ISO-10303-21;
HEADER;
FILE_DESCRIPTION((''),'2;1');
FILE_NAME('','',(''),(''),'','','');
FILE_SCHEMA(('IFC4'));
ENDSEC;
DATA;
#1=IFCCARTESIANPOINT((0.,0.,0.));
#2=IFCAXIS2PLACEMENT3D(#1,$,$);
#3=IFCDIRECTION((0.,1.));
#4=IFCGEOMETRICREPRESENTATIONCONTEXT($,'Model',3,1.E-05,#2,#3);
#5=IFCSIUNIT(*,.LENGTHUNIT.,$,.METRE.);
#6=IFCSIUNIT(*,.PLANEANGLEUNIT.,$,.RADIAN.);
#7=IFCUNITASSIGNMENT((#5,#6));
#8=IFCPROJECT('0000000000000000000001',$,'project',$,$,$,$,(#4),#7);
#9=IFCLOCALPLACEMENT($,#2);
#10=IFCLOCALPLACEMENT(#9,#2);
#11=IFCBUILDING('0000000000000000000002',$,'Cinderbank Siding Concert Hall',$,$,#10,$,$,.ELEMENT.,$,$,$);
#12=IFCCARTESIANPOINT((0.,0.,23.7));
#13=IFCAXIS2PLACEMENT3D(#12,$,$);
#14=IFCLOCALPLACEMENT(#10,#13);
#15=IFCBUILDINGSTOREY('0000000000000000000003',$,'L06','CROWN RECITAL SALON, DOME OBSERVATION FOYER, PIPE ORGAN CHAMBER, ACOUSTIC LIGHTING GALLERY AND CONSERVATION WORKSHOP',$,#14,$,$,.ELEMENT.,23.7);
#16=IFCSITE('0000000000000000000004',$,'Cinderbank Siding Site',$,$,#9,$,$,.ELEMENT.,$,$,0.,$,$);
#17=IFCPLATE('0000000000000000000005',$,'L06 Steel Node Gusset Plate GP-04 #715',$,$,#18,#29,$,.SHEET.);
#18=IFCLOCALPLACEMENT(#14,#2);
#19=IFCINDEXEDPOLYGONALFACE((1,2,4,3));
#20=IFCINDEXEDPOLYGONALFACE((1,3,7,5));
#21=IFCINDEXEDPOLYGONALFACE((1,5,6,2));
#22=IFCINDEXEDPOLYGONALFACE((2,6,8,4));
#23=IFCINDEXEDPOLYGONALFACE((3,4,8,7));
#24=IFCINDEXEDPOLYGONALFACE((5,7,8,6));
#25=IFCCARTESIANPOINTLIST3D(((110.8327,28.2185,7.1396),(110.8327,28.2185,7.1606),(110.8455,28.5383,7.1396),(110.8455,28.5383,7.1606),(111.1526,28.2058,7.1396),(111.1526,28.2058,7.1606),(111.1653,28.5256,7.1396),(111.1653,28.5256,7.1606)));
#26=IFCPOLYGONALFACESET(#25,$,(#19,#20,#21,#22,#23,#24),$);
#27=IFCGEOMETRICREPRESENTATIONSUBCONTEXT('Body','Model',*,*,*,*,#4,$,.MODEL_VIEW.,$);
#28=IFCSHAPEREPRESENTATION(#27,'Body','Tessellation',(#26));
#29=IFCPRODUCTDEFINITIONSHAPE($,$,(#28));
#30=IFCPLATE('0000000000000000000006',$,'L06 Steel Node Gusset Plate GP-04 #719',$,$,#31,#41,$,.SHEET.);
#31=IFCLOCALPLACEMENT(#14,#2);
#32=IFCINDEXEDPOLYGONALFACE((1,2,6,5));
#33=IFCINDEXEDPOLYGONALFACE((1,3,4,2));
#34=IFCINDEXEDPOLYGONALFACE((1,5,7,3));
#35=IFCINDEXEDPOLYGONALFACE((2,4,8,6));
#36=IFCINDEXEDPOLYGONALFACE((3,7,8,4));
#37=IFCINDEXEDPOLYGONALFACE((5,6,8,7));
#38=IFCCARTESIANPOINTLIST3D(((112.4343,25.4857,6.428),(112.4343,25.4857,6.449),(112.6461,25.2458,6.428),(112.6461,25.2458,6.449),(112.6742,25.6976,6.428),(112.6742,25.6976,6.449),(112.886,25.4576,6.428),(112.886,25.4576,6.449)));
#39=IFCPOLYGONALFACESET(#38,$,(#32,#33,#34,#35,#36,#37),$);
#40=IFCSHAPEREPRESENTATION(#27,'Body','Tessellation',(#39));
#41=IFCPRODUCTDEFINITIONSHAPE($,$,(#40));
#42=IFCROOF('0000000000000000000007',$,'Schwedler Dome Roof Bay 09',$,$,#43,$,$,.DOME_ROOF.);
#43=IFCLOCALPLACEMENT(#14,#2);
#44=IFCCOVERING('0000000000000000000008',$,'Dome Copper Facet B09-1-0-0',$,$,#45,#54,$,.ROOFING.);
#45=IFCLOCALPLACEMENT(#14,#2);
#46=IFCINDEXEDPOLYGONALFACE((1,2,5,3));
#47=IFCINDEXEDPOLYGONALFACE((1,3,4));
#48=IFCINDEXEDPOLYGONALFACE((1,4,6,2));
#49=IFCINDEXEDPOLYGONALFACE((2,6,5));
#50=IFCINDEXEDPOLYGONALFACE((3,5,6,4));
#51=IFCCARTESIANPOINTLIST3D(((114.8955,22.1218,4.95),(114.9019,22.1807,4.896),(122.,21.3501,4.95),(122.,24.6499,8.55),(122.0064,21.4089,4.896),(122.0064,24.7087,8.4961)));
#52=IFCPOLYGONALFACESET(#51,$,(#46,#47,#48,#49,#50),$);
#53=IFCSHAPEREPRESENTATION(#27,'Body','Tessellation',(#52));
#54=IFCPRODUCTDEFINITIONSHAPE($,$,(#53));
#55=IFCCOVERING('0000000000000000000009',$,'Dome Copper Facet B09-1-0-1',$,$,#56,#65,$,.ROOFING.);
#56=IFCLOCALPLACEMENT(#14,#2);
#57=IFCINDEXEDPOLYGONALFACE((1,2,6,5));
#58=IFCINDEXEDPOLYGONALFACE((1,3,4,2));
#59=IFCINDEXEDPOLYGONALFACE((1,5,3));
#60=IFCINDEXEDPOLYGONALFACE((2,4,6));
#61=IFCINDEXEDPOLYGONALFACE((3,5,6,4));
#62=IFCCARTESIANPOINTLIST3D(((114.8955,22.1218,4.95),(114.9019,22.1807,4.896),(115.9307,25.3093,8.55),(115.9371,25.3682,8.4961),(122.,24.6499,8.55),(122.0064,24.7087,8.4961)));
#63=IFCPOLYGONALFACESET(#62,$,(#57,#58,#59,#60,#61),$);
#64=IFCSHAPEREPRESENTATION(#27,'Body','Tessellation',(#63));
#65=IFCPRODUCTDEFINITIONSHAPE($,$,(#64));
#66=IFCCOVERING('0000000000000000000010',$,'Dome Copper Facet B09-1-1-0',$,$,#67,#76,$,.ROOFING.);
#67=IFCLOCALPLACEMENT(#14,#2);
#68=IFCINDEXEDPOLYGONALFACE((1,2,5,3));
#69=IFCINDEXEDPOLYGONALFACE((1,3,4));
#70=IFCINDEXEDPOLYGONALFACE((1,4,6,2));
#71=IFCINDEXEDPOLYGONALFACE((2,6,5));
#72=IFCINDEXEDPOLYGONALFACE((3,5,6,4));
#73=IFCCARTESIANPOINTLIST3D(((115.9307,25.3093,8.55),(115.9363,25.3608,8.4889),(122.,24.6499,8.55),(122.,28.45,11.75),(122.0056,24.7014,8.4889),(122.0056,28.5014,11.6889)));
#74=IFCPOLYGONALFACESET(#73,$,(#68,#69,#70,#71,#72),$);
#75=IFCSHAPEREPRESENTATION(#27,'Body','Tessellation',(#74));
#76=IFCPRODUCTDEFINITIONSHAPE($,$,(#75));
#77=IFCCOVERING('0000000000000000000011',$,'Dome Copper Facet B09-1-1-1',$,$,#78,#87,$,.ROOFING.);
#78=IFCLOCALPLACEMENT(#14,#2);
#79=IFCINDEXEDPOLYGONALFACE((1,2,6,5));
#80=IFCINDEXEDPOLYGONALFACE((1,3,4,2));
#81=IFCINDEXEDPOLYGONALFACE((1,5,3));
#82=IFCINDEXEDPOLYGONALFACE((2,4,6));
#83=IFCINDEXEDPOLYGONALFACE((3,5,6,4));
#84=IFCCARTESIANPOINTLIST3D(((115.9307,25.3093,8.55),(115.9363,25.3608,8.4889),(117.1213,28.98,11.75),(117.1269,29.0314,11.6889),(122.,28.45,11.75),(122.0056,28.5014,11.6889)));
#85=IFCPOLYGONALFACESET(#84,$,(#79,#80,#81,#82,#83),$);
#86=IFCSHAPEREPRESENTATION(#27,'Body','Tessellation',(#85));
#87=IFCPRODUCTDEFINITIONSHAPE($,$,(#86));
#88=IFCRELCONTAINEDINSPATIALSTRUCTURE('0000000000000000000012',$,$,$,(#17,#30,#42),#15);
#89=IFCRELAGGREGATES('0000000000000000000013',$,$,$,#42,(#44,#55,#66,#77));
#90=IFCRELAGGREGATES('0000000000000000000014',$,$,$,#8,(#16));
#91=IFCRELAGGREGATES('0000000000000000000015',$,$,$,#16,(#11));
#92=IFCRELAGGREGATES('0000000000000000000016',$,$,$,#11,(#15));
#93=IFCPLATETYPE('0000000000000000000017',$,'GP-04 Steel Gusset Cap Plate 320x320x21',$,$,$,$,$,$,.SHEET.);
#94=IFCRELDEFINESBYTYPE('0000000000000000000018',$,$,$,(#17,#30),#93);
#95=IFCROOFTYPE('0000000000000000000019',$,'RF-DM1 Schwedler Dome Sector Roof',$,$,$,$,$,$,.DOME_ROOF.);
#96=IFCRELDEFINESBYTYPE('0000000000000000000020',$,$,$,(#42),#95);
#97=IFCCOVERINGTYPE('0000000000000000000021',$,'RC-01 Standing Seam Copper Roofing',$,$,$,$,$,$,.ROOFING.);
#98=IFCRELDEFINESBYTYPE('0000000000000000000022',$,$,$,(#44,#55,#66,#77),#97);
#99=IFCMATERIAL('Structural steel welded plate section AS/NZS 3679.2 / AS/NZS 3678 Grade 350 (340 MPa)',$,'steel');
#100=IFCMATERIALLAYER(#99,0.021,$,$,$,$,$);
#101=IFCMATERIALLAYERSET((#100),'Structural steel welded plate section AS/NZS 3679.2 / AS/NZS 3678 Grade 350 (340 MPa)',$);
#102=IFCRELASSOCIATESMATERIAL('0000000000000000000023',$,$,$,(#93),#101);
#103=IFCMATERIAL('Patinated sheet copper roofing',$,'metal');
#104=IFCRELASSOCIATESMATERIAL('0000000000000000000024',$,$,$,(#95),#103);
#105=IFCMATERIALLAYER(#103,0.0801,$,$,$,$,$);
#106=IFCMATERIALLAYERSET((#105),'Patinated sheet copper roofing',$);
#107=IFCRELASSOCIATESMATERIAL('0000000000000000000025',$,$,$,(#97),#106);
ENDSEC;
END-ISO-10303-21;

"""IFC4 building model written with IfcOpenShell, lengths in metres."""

from ifc_helpers import new_model, si_unit, direction, frame, origin, origin_2d, place, context, subcontext, project, spatial, polyline, rectangle, outline, extrude, material, layer, layer_set, type_object, element, aggregate, save


model = new_model("IFC4")

# Units and contexts
model_context = context("Model", 3, precision=1e-05, world=origin(), true_north=direction((0.0, 1.0)))
body_context = subcontext(model_context, "Body", "Model", "MODEL_VIEW")
ifc_project = project(units=[si_unit("LENGTHUNIT", "METRE"), si_unit("PLANEANGLEUNIT", "RADIAN")], contexts=[model_context])

# Site, building, storey
site_placement = place(None, origin())
site = spatial("IfcSite", under=ifc_project, at=site_placement, Name="Cinderbank Siding Site", CompositionType="ELEMENT", RefElevation=0.0)
building_placement = place(site_placement, origin())
building = spatial("IfcBuilding", under=site, at=building_placement, Name="Cinderbank Siding Concert Hall", CompositionType="ELEMENT")
storey_placement = place(building_placement, frame((0.0, 0.0, 23.7)))
storey = spatial("IfcBuildingStorey", under=building, at=storey_placement, Name="L06", Description="CROWN RECITAL SALON, DOME OBSERVATION FOYER, PIPE ORGAN CHAMBER, ACOUSTIC LIGHTING GALLERY AND CONSERVATION WORKSHOP", CompositionType="ELEMENT", Elevation=23.7)

# Shared definitions
ifc_material_1 = material(Name="Structural steel welded plate section AS/NZS 3679.2 / AS/NZS 3678 Grade 350 (340 MPa)", Category="steel")

# Plates
ifc_layer_1 = layer(ifc_material_1, 0.021)
ifc_layer_set_1 = layer_set([ifc_layer_1], Name="Structural steel welded plate section AS/NZS 3679.2 / AS/NZS 3678 Grade 350 (340 MPa)")
plate_type_1 = type_object("IfcPlateType", Name="GP-04 Steel Gusset Cap Plate 320x320x21", PredefinedType="SHEET", material=ifc_layer_set_1)
for number, where, z_axis, x_axis, name in (
    (1, (110.999, 28.3721, 7.1396), (0.0, 0.0, 1.0), (0.999208, -0.039783, 0.0), "L06 Steel Node Gusset Plate GP-04 #715"),
    (2, (112.6602, 25.4717, 6.428), (0.0, 0.0, 1.0), (-0.661835, 0.749649, 0.0), "L06 Steel Node Gusset Plate GP-04 #719"),
):
    element("IfcPlate", number, at=place(storey_placement, frame(where, z_axis=z_axis, x_axis=x_axis)), inside=storey, type_object=plate_type_1, Name=name, PredefinedType="SHEET", context=body_context, shape_type="SweptSolid", body=[
        extrude(rectangle(XDim=0.3201, YDim=0.3201, at=origin_2d()), origin(), (0.0, 0.0, 1.0), 0.021),
    ])

# Roof, coverings
ifc_material_2 = material(Name="Patinated sheet copper roofing", Category="metal")
roof_type = type_object("IfcRoofType", Name="RF-DM1 Schwedler Dome Sector Roof", PredefinedType="DOME_ROOF", material=ifc_material_2)
roof_placement = place(storey_placement, origin())
roof = element("IfcRoof", 3, at=roof_placement, inside=storey, type_object=roof_type, Name="Schwedler Dome Roof Bay 09", PredefinedType="DOME_ROOF")
ifc_layer_2 = layer(ifc_material_2, 0.0801)
ifc_layer_set_2 = layer_set([ifc_layer_2], Name="Patinated sheet copper roofing")
covering_type = type_object("IfcCoveringType", Name="RC-01 Standing Seam Copper Roofing", PredefinedType="ROOFING", material=ifc_layer_set_2)
covering_1_placement = place(storey_placement, frame((114.8955, 22.1218, 4.95), z_axis=(-0.079821, -0.734831, 0.673537), x_axis=(0.994152, -0.10799, 0.0)))
covering_1 = element("IfcCovering", 4, at=covering_1_placement, type_object=covering_type, Name="Dome Copper Facet B09-1-0-0", PredefinedType="ROOFING", context=body_context, shape_type="SweptSolid", body=[
    extrude(outline(polyline([(0.0, 0.0), (7.1463, 0.0), (6.7899, 4.8706), (0.0, 0.0)])), origin(), (0.0, 0.0, -1.0), 0.0801),
])
covering_2_placement = place(storey_placement, frame((114.8955, 22.1218, 4.95), z_axis=(-0.079836, -0.734813, 0.673554), x_axis=(0.850209, 0.30254, 0.430831)))
covering_2 = element("IfcCovering", 5, at=covering_2_placement, type_object=covering_type, Name="Dome Copper Facet B09-1-0-1", PredefinedType="ROOFING", context=body_context, shape_type="SweptSolid", body=[
    extrude(outline(polyline([(0.0, 0.0), (8.3562, 0.0), (3.3955, 3.5585), (0.0, 0.0)])), origin(), (0.0, 0.0, -1.0), 0.0801),
])
covering_3_placement = place(storey_placement, frame((115.9307, 25.3093, 8.55), z_axis=(-0.069812, -0.642554, 0.763054), x_axis=(0.99415, -0.108013, 0.0)))
covering_3 = element("IfcCovering", 6, at=covering_3_placement, type_object=covering_type, Name="Dome Copper Facet B09-1-1-0", PredefinedType="ROOFING", context=body_context, shape_type="SweptSolid", body=[
    extrude(outline(polyline([(0.0, 0.0), (6.1051, 0.0), (5.6946, 4.9509), (0.0, 0.0)])), origin(), (0.0, 0.0, -1.0), 0.0801),
])
covering_4_placement = place(storey_placement, frame((115.9307, 25.3093, 8.55), z_axis=(-0.069809, -0.642557, 0.763051), x_axis=(0.804326, 0.416205, 0.424067)))
covering_4 = element("IfcCovering", 7, at=covering_4_placement, type_object=covering_type, Name="Dome Copper Facet B09-1-1-1", PredefinedType="ROOFING", context=body_context, shape_type="SweptSolid", body=[
    extrude(outline(polyline([(0.0, 0.0), (7.5459, 0.0), (3.8424, 3.2198), (0.0, 0.0)])), origin(), (0.0, 0.0, -1.0), 0.0801),
])
aggregate(roof, [covering_1, covering_2, covering_3, covering_4])

save(model, "model.ifc")
